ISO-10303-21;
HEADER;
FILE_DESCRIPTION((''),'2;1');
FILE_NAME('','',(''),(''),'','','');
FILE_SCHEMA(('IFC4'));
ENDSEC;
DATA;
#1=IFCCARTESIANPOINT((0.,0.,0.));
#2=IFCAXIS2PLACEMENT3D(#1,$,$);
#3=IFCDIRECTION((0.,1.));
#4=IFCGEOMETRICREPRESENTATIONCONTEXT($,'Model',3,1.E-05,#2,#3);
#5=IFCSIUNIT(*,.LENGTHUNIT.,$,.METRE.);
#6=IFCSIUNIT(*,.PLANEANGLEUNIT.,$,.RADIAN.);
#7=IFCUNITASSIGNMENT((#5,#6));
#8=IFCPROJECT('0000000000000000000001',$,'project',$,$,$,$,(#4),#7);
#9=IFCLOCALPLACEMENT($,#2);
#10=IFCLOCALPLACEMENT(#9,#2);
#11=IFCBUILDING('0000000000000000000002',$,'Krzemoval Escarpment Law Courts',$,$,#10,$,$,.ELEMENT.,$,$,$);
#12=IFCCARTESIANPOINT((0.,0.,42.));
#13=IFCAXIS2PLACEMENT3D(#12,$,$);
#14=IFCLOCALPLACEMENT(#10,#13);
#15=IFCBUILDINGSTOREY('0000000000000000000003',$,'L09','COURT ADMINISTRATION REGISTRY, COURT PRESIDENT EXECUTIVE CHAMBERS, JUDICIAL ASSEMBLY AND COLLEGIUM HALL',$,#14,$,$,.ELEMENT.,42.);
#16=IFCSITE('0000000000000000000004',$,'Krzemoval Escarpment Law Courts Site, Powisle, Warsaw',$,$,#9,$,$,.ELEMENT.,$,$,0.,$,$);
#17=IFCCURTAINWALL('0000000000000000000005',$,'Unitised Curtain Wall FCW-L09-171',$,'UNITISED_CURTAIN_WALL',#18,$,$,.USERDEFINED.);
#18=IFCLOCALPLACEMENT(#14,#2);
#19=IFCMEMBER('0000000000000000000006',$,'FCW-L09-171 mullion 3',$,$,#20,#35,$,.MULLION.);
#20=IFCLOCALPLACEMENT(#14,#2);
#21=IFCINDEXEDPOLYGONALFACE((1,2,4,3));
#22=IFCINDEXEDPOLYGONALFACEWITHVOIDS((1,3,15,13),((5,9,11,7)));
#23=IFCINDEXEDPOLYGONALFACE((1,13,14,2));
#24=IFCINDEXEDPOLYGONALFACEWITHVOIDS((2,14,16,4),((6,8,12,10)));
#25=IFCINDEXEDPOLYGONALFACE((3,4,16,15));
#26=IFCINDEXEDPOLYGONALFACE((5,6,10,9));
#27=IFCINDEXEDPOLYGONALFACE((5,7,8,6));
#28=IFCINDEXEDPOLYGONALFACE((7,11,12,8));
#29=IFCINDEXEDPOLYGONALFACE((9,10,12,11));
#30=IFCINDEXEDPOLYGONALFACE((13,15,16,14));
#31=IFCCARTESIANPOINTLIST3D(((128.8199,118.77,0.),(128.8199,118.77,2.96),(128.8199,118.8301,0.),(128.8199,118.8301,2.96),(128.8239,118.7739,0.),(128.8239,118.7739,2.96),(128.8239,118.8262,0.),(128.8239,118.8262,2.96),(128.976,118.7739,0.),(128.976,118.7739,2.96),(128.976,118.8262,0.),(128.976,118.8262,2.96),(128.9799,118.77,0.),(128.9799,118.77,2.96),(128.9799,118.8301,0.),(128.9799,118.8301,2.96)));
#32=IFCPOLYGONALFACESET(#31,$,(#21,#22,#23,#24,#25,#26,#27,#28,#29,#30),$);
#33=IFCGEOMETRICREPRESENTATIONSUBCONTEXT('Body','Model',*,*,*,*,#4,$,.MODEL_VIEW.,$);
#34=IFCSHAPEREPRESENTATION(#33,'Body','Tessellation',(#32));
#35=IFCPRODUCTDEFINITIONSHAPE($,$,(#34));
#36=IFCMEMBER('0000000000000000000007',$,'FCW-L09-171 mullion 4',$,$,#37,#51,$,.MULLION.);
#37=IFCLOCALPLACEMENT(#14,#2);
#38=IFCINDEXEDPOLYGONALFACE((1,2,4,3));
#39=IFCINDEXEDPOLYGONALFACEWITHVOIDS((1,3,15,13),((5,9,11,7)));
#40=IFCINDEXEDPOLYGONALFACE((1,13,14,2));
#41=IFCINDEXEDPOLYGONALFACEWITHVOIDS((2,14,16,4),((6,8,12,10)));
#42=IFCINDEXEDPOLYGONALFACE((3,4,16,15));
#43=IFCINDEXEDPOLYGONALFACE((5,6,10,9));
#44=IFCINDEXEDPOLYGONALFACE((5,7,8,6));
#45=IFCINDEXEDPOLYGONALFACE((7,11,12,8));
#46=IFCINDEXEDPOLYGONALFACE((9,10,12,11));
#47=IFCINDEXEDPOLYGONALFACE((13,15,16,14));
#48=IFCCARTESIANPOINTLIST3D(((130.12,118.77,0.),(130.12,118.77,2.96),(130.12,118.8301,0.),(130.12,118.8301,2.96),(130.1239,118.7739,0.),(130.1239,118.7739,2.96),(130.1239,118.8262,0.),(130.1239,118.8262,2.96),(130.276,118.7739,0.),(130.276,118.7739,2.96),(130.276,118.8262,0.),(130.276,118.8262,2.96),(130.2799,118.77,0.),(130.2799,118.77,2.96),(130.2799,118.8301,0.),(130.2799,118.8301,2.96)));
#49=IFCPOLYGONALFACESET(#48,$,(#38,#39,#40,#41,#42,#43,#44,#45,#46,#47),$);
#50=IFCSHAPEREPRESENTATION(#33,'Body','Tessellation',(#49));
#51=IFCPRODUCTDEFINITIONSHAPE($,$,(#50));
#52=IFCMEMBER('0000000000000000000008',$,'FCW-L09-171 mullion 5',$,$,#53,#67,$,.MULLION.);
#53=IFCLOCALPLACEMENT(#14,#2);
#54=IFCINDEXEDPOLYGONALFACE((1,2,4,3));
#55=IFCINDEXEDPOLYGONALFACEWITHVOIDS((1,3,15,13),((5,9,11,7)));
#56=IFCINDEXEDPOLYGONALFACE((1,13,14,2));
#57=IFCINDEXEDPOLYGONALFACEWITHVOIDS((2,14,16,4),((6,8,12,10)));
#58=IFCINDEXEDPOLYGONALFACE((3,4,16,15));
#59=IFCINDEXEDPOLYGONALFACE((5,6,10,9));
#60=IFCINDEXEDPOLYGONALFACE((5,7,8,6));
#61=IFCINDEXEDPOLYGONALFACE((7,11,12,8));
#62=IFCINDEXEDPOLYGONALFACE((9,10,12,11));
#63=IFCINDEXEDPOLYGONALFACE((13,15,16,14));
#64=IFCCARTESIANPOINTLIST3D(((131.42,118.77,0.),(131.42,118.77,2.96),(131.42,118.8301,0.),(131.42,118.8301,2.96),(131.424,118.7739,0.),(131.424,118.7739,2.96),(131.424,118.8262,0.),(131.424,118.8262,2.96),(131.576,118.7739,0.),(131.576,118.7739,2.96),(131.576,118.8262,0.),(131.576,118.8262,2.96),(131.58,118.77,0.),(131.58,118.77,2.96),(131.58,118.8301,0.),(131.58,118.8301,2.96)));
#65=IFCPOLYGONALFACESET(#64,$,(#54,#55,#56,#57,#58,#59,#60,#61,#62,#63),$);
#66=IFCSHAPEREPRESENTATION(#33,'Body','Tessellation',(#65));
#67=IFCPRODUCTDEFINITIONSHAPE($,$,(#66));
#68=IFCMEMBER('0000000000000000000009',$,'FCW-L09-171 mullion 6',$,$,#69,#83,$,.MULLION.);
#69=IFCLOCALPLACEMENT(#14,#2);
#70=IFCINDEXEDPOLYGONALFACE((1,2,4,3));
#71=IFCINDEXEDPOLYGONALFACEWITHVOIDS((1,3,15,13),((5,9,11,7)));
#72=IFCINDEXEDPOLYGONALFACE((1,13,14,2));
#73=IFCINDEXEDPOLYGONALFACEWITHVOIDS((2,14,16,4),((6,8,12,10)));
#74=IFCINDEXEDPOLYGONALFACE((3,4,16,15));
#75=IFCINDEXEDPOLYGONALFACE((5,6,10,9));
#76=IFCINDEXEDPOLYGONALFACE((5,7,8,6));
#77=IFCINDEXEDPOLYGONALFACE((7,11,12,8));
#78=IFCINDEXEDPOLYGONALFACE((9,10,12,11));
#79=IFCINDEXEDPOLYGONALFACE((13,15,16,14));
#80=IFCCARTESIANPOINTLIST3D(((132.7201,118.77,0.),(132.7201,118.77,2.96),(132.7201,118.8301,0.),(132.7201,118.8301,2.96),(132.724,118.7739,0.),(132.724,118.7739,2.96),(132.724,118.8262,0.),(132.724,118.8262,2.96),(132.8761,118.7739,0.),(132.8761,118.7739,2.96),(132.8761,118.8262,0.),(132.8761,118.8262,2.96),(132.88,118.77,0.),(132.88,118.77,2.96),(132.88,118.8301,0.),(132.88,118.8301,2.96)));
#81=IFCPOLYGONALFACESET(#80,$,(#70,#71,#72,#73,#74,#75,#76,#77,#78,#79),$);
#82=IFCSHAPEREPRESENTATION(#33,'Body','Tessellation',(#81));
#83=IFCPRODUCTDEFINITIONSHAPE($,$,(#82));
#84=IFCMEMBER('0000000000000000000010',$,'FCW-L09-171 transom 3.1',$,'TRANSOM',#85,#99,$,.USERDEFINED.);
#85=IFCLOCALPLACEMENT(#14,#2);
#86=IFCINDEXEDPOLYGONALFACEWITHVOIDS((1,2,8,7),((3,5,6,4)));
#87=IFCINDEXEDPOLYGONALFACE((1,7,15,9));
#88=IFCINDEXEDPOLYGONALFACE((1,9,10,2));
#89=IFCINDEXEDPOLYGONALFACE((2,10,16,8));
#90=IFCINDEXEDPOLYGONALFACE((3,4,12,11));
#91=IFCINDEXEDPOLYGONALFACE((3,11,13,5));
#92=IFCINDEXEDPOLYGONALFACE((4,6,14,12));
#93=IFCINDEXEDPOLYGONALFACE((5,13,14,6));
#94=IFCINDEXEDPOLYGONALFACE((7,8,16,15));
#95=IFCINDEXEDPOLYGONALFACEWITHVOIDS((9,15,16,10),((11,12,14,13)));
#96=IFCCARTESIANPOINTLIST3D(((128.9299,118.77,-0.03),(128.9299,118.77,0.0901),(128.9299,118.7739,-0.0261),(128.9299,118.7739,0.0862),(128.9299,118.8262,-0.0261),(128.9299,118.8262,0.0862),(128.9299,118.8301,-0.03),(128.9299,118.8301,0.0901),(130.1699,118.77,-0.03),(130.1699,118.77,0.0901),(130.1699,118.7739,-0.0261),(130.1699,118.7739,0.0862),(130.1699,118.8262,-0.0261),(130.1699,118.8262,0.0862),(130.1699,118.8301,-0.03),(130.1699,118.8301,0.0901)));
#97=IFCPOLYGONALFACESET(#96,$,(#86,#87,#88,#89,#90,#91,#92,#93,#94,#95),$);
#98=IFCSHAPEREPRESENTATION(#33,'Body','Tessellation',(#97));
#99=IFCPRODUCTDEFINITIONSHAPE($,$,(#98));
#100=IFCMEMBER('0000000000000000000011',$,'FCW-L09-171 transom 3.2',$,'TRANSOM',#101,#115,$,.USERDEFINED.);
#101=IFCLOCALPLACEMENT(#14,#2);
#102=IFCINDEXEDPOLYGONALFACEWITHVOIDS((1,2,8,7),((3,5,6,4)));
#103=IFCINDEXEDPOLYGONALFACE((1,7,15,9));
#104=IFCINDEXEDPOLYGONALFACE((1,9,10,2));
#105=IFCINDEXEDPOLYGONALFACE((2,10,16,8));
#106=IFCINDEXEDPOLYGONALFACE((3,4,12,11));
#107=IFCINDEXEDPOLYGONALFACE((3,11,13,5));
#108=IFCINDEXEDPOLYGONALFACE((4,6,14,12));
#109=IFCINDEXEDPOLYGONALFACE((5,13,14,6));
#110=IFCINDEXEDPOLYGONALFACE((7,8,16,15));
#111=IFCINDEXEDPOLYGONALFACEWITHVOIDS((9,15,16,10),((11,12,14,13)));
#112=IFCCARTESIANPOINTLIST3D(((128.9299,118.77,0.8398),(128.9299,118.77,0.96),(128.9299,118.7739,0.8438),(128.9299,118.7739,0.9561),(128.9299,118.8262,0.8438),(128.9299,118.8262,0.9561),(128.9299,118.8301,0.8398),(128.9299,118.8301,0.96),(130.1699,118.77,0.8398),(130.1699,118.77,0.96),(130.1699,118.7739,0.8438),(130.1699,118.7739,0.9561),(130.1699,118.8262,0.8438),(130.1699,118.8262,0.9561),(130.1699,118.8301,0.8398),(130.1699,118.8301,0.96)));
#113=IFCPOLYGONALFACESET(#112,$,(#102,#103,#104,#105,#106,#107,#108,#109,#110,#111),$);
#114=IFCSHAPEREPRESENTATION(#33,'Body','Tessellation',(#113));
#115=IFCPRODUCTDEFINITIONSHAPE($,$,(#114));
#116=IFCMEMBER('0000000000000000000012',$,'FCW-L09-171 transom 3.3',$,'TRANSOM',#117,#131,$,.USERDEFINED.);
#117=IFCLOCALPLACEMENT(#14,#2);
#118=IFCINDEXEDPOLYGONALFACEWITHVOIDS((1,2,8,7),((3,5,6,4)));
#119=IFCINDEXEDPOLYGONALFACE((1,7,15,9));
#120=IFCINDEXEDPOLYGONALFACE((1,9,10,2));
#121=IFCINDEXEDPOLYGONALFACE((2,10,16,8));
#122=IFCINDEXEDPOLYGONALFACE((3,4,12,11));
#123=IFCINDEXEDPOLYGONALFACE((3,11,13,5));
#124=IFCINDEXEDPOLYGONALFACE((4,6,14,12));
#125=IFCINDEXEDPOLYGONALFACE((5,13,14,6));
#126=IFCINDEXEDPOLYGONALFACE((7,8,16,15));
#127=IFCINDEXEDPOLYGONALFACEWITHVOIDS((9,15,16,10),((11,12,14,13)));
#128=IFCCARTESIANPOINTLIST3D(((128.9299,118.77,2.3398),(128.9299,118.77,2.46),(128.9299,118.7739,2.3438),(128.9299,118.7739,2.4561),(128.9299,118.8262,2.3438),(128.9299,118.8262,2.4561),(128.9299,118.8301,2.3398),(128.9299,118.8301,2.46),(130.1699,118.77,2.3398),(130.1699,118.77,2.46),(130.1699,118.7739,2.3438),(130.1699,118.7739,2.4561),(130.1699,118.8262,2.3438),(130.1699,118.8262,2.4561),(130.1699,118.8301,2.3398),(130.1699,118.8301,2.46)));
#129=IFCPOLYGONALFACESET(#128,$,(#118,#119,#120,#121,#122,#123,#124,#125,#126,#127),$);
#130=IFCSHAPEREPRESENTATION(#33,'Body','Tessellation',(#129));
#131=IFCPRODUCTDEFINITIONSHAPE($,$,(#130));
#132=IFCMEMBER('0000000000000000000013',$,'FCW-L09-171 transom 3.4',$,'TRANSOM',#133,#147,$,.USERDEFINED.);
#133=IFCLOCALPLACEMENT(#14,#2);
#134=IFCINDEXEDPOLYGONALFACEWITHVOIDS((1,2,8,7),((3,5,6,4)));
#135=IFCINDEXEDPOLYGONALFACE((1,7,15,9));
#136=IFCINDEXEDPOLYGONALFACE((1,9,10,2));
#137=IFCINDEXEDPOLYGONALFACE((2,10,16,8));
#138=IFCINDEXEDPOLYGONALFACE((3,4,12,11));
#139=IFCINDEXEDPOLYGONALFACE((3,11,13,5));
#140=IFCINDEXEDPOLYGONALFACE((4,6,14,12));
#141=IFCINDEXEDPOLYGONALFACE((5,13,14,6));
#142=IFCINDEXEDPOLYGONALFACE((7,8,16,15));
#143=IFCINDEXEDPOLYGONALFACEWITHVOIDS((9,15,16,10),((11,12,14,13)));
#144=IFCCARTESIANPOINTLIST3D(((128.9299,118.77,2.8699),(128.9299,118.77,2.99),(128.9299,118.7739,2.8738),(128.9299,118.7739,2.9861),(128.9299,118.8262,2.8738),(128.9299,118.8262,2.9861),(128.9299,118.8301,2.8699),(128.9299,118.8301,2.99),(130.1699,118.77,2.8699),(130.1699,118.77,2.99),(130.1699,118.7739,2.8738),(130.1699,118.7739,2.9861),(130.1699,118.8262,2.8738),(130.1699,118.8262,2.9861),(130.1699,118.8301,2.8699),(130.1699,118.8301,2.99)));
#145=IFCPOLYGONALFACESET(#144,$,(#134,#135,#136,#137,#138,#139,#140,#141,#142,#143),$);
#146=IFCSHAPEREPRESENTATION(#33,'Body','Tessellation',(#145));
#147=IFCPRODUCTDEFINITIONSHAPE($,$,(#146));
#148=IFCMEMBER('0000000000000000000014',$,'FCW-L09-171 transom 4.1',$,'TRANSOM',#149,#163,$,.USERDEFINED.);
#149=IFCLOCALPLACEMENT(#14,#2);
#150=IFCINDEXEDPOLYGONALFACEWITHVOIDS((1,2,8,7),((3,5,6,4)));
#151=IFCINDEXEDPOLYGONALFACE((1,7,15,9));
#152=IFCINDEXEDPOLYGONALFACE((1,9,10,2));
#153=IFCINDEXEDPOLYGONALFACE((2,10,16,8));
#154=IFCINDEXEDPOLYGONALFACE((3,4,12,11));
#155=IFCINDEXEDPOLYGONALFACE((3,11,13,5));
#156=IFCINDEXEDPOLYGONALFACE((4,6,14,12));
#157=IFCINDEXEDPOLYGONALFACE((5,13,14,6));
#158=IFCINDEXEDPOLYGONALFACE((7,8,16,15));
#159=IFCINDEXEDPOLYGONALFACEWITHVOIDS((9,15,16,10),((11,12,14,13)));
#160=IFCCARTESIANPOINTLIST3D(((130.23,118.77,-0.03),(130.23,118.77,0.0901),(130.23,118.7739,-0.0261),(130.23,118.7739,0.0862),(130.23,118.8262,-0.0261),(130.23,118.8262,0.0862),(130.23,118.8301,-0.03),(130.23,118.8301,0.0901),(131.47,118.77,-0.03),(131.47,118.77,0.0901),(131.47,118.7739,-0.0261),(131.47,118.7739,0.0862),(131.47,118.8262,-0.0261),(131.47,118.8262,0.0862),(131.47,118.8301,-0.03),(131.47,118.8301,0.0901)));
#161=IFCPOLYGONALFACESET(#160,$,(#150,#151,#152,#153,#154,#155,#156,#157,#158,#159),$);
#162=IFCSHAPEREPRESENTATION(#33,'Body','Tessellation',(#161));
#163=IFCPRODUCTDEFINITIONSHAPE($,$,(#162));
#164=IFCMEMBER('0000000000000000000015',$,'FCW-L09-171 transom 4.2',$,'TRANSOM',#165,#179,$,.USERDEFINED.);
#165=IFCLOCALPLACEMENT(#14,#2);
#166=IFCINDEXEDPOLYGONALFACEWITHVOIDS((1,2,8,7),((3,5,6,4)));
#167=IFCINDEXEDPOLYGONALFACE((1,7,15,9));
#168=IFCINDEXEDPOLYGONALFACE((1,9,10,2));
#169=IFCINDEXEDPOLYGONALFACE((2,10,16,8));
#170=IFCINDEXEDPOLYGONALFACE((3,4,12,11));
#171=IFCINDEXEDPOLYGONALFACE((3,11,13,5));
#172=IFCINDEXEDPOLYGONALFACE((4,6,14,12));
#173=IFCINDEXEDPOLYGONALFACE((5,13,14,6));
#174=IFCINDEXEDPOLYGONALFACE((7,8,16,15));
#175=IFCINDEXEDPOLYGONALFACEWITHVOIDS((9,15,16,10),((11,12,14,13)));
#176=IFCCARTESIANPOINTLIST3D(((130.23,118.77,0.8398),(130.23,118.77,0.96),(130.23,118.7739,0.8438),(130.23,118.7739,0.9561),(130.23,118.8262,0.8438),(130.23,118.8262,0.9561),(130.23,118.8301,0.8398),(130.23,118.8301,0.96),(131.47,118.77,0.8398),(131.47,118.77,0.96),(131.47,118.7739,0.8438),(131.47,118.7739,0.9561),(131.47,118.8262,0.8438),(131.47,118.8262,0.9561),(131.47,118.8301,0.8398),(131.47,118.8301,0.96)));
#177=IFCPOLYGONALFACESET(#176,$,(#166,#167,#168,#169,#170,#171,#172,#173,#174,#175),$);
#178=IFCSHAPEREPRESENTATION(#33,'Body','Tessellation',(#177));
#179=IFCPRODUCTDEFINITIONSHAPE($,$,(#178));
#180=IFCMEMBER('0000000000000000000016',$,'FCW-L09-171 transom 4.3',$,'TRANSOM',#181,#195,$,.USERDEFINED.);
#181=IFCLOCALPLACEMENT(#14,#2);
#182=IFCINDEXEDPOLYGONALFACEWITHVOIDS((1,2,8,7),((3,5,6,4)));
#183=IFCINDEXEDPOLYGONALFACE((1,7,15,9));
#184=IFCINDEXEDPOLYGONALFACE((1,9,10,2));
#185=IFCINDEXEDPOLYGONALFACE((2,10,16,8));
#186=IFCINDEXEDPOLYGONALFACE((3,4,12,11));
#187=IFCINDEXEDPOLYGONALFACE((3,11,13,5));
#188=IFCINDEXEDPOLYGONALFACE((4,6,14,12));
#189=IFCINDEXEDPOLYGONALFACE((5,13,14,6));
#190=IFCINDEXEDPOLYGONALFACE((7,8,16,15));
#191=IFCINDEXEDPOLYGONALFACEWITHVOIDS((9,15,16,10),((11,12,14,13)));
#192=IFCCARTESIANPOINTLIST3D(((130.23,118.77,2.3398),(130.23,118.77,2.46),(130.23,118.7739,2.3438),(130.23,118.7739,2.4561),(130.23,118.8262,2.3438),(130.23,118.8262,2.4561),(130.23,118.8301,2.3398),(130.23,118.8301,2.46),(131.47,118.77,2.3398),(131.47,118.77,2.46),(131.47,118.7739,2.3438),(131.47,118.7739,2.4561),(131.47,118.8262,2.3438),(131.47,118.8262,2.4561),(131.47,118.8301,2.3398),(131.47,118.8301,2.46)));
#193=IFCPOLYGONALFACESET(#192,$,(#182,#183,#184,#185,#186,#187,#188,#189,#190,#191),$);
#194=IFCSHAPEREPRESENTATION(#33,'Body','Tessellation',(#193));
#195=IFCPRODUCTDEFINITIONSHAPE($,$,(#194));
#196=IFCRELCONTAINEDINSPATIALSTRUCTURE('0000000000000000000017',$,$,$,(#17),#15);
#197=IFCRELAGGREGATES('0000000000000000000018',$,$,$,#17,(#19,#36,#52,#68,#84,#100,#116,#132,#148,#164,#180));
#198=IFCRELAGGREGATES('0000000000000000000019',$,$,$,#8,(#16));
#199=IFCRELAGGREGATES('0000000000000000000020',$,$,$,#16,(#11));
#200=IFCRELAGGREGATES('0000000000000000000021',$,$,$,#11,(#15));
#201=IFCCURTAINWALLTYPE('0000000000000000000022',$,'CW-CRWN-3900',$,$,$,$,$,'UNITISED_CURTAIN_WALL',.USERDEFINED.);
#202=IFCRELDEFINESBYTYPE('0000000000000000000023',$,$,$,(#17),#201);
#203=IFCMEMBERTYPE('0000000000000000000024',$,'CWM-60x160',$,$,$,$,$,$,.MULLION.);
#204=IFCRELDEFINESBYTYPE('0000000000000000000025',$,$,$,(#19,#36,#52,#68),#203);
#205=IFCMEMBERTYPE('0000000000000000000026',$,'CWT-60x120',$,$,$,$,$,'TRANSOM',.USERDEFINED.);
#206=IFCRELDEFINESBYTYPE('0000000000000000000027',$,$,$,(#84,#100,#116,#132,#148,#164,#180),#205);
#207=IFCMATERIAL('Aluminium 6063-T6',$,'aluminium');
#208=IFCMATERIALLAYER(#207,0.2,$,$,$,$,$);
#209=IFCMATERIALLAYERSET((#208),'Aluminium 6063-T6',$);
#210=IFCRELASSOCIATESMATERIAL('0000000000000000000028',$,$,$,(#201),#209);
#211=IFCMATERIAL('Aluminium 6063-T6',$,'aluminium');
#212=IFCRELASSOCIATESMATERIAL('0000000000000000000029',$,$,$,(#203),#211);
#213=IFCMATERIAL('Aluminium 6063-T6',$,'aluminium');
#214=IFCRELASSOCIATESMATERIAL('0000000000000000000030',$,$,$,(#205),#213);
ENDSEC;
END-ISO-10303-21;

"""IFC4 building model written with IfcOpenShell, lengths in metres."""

from ifc_helpers import new_model, si_unit, direction, frame, origin, origin_2d, place, context, subcontext, project, spatial, hollow_rectangle, extrude, material, layer, layer_set, material_profile, profile_set, type_object, element, aggregate, save


model = new_model("IFC4")

# Units and contexts
model_context = context("Model", 3, precision=1e-05, world=origin(), true_north=direction((0.0, 1.0)))
body_context = subcontext(model_context, "Body", "Model", "MODEL_VIEW")
ifc_project = project(units=[si_unit("LENGTHUNIT", "METRE"), si_unit("PLANEANGLEUNIT", "RADIAN")], contexts=[model_context])

# Site, building, storey
site_placement = place(None, origin())
site = spatial("IfcSite", under=ifc_project, at=site_placement, Name="Krzemoval Escarpment Law Courts Site, Powisle, Warsaw", CompositionType="ELEMENT", RefElevation=0.0)
building_placement = place(site_placement, origin())
building = spatial("IfcBuilding", under=site, at=building_placement, Name="Krzemoval Escarpment Law Courts", CompositionType="ELEMENT")
storey_placement = place(building_placement, frame((0.0, 0.0, 42.0)))
storey = spatial("IfcBuildingStorey", under=building, at=storey_placement, Name="L09", Description="COURT ADMINISTRATION REGISTRY, COURT PRESIDENT EXECUTIVE CHAMBERS, JUDICIAL ASSEMBLY AND COLLEGIUM HALL", CompositionType="ELEMENT", Elevation=42.0)

# Curtain wall, members
ifc_material_1 = material(Name="Aluminium 6063-T6", Category="aluminium")
ifc_layer_1 = layer(ifc_material_1, 0.2)
ifc_layer_set_1 = layer_set([ifc_layer_1], Name="Aluminium 6063-T6")
curtain_wall_type = type_object("IfcCurtainWallType", Name="CW-CRWN-3900", ElementType="UNITISED_CURTAIN_WALL", PredefinedType="USERDEFINED", material=ifc_layer_set_1)
curtain_wall_placement = place(storey_placement, origin())
curtain_wall = element("IfcCurtainWall", 1, at=curtain_wall_placement, inside=storey, type_object=curtain_wall_type, Name="Unitised Curtain Wall FCW-L09-171", ObjectType="UNITISED_CURTAIN_WALL", PredefinedType="USERDEFINED")
ifc_material_2 = material(Name="Aluminium 6063-T6", Category="aluminium")
ifc_material_profile_1 = material_profile(ifc_material_2, hollow_rectangle(XDim=0.0601, YDim=0.1599, WallThickness=0.0039, at=origin_2d()), Name="ALU M60x160")
ifc_profile_set_1 = profile_set([ifc_material_profile_1], Name="Aluminium 6063-T6")
member_type_1 = type_object("IfcMemberType", Name="CWM-60x160", PredefinedType="MULLION", material=ifc_profile_set_1)
member_1_placement = place(storey_placement, frame((128.8999, 118.8, 0.0), z_axis=(0.0, 0.0, 1.0), x_axis=(0.0, 1.0, 0.0)))
member_1 = element("IfcMember", 2, at=member_1_placement, type_object=member_type_1, Name="FCW-L09-171 mullion 3", PredefinedType="MULLION", context=body_context, shape_type="SweptSolid", body=[
    extrude(hollow_rectangle(XDim=0.0601, YDim=0.1599, WallThickness=0.0039, at=origin_2d()), origin(), (0.0, 0.0, 1.0), 2.96),
])
member_2_placement = place(storey_placement, frame((130.2, 118.8, 0.0), z_axis=(0.0, 0.0, 1.0), x_axis=(0.0, 1.0, 0.0)))
member_2 = element("IfcMember", 3, at=member_2_placement, type_object=member_type_1, Name="FCW-L09-171 mullion 4", PredefinedType="MULLION", context=body_context, shape_type="SweptSolid", body=[
    extrude(hollow_rectangle(XDim=0.0601, YDim=0.1599, WallThickness=0.0039, at=origin_2d()), origin(), (0.0, 0.0, 1.0), 2.96),
])
member_3_placement = place(storey_placement, frame((131.5, 118.8, 0.0), z_axis=(0.0, 0.0, 1.0), x_axis=(0.0, 1.0, 0.0)))
member_3 = element("IfcMember", 4, at=member_3_placement, type_object=member_type_1, Name="FCW-L09-171 mullion 5", PredefinedType="MULLION", context=body_context, shape_type="SweptSolid", body=[
    extrude(hollow_rectangle(XDim=0.0601, YDim=0.1599, WallThickness=0.0039, at=origin_2d()), origin(), (0.0, 0.0, 1.0), 2.96),
])
member_4_placement = place(storey_placement, frame((132.8, 118.8, 0.0), z_axis=(0.0, 0.0, 1.0), x_axis=(0.0, 1.0, 0.0)))
member_4 = element("IfcMember", 5, at=member_4_placement, type_object=member_type_1, Name="FCW-L09-171 mullion 6", PredefinedType="MULLION", context=body_context, shape_type="SweptSolid", body=[
    extrude(hollow_rectangle(XDim=0.0601, YDim=0.1599, WallThickness=0.0039, at=origin_2d()), origin(), (0.0, 0.0, 1.0), 2.96),
])
ifc_material_3 = material(Name="Aluminium 6063-T6", Category="aluminium")
ifc_material_profile_2 = material_profile(ifc_material_3, hollow_rectangle(XDim=0.0601, YDim=0.1201, WallThickness=0.0039, at=origin_2d()), Name="ALU T60x120")
ifc_profile_set_2 = profile_set([ifc_material_profile_2], Name="Aluminium 6063-T6")
member_type_2 = type_object("IfcMemberType", Name="CWT-60x120", ElementType="TRANSOM", PredefinedType="USERDEFINED", material=ifc_profile_set_2)
member_5_placement = place(storey_placement, frame((128.9299, 118.8, 0.03), z_axis=(1.0, 0.0, 0.0), x_axis=(0.0, 1.0, 0.0)))
member_5 = element("IfcMember", 6, at=member_5_placement, type_object=member_type_2, Name="FCW-L09-171 transom 3.1", ObjectType="TRANSOM", PredefinedType="USERDEFINED", context=body_context, shape_type="SweptSolid", body=[
    extrude(hollow_rectangle(XDim=0.0601, YDim=0.1201, WallThickness=0.0039, at=origin_2d()), origin(), (0.0, 0.0, 1.0), 1.24),
])
member_6_placement = place(storey_placement, frame((128.9299, 118.8, 0.8999), z_axis=(1.0, 0.0, 0.0), x_axis=(0.0, 1.0, 0.0)))
member_6 = element("IfcMember", 7, at=member_6_placement, type_object=member_type_2, Name="FCW-L09-171 transom 3.2", ObjectType="TRANSOM", PredefinedType="USERDEFINED", context=body_context, shape_type="SweptSolid", body=[
    extrude(hollow_rectangle(XDim=0.0601, YDim=0.1201, WallThickness=0.0039, at=origin_2d()), origin(), (0.0, 0.0, 1.0), 1.24),
])
member_7_placement = place(storey_placement, frame((128.9299, 118.8, 2.3999), z_axis=(1.0, 0.0, 0.0), x_axis=(0.0, 1.0, 0.0)))
member_7 = element("IfcMember", 8, at=member_7_placement, type_object=member_type_2, Name="FCW-L09-171 transom 3.3", ObjectType="TRANSOM", PredefinedType="USERDEFINED", context=body_context, shape_type="SweptSolid", body=[
    extrude(hollow_rectangle(XDim=0.0601, YDim=0.1201, WallThickness=0.0039, at=origin_2d()), origin(), (0.0, 0.0, 1.0), 1.24),
])
member_8_placement = place(storey_placement, frame((128.9299, 118.8, 2.9299), z_axis=(1.0, 0.0, 0.0), x_axis=(0.0, 1.0, 0.0)))
member_8 = element("IfcMember", 9, at=member_8_placement, type_object=member_type_2, Name="FCW-L09-171 transom 3.4", ObjectType="TRANSOM", PredefinedType="USERDEFINED", context=body_context, shape_type="SweptSolid", body=[
    extrude(hollow_rectangle(XDim=0.0601, YDim=0.1201, WallThickness=0.0039, at=origin_2d()), origin(), (0.0, 0.0, 1.0), 1.24),
])
member_9_placement = place(storey_placement, frame((130.23, 118.8, 0.03), z_axis=(1.0, 0.0, 0.0), x_axis=(0.0, 1.0, 0.0)))
member_9 = element("IfcMember", 10, at=member_9_placement, type_object=member_type_2, Name="FCW-L09-171 transom 4.1", ObjectType="TRANSOM", PredefinedType="USERDEFINED", context=body_context, shape_type="SweptSolid", body=[
    extrude(hollow_rectangle(XDim=0.0601, YDim=0.1201, WallThickness=0.0039, at=origin_2d()), origin(), (0.0, 0.0, 1.0), 1.24),
])
member_10_placement = place(storey_placement, frame((130.23, 118.8, 0.8999), z_axis=(1.0, 0.0, 0.0), x_axis=(0.0, 1.0, 0.0)))
member_10 = element("IfcMember", 11, at=member_10_placement, type_object=member_type_2, Name="FCW-L09-171 transom 4.2", ObjectType="TRANSOM", PredefinedType="USERDEFINED", context=body_context, shape_type="SweptSolid", body=[
    extrude(hollow_rectangle(XDim=0.0601, YDim=0.1201, WallThickness=0.0039, at=origin_2d()), origin(), (0.0, 0.0, 1.0), 1.24),
])
member_11_placement = place(storey_placement, frame((130.23, 118.8, 2.3999), z_axis=(1.0, 0.0, 0.0), x_axis=(0.0, 1.0, 0.0)))
member_11 = element("IfcMember", 12, at=member_11_placement, type_object=member_type_2, Name="FCW-L09-171 transom 4.3", ObjectType="TRANSOM", PredefinedType="USERDEFINED", context=body_context, shape_type="SweptSolid", body=[
    extrude(hollow_rectangle(XDim=0.0601, YDim=0.1201, WallThickness=0.0039, at=origin_2d()), origin(), (0.0, 0.0, 1.0), 1.24),
])
aggregate(curtain_wall, [member_1, member_2, member_3, member_4, member_5, member_6, member_7, member_8, member_9, member_10, member_11])

save(model, "model.ifc")
